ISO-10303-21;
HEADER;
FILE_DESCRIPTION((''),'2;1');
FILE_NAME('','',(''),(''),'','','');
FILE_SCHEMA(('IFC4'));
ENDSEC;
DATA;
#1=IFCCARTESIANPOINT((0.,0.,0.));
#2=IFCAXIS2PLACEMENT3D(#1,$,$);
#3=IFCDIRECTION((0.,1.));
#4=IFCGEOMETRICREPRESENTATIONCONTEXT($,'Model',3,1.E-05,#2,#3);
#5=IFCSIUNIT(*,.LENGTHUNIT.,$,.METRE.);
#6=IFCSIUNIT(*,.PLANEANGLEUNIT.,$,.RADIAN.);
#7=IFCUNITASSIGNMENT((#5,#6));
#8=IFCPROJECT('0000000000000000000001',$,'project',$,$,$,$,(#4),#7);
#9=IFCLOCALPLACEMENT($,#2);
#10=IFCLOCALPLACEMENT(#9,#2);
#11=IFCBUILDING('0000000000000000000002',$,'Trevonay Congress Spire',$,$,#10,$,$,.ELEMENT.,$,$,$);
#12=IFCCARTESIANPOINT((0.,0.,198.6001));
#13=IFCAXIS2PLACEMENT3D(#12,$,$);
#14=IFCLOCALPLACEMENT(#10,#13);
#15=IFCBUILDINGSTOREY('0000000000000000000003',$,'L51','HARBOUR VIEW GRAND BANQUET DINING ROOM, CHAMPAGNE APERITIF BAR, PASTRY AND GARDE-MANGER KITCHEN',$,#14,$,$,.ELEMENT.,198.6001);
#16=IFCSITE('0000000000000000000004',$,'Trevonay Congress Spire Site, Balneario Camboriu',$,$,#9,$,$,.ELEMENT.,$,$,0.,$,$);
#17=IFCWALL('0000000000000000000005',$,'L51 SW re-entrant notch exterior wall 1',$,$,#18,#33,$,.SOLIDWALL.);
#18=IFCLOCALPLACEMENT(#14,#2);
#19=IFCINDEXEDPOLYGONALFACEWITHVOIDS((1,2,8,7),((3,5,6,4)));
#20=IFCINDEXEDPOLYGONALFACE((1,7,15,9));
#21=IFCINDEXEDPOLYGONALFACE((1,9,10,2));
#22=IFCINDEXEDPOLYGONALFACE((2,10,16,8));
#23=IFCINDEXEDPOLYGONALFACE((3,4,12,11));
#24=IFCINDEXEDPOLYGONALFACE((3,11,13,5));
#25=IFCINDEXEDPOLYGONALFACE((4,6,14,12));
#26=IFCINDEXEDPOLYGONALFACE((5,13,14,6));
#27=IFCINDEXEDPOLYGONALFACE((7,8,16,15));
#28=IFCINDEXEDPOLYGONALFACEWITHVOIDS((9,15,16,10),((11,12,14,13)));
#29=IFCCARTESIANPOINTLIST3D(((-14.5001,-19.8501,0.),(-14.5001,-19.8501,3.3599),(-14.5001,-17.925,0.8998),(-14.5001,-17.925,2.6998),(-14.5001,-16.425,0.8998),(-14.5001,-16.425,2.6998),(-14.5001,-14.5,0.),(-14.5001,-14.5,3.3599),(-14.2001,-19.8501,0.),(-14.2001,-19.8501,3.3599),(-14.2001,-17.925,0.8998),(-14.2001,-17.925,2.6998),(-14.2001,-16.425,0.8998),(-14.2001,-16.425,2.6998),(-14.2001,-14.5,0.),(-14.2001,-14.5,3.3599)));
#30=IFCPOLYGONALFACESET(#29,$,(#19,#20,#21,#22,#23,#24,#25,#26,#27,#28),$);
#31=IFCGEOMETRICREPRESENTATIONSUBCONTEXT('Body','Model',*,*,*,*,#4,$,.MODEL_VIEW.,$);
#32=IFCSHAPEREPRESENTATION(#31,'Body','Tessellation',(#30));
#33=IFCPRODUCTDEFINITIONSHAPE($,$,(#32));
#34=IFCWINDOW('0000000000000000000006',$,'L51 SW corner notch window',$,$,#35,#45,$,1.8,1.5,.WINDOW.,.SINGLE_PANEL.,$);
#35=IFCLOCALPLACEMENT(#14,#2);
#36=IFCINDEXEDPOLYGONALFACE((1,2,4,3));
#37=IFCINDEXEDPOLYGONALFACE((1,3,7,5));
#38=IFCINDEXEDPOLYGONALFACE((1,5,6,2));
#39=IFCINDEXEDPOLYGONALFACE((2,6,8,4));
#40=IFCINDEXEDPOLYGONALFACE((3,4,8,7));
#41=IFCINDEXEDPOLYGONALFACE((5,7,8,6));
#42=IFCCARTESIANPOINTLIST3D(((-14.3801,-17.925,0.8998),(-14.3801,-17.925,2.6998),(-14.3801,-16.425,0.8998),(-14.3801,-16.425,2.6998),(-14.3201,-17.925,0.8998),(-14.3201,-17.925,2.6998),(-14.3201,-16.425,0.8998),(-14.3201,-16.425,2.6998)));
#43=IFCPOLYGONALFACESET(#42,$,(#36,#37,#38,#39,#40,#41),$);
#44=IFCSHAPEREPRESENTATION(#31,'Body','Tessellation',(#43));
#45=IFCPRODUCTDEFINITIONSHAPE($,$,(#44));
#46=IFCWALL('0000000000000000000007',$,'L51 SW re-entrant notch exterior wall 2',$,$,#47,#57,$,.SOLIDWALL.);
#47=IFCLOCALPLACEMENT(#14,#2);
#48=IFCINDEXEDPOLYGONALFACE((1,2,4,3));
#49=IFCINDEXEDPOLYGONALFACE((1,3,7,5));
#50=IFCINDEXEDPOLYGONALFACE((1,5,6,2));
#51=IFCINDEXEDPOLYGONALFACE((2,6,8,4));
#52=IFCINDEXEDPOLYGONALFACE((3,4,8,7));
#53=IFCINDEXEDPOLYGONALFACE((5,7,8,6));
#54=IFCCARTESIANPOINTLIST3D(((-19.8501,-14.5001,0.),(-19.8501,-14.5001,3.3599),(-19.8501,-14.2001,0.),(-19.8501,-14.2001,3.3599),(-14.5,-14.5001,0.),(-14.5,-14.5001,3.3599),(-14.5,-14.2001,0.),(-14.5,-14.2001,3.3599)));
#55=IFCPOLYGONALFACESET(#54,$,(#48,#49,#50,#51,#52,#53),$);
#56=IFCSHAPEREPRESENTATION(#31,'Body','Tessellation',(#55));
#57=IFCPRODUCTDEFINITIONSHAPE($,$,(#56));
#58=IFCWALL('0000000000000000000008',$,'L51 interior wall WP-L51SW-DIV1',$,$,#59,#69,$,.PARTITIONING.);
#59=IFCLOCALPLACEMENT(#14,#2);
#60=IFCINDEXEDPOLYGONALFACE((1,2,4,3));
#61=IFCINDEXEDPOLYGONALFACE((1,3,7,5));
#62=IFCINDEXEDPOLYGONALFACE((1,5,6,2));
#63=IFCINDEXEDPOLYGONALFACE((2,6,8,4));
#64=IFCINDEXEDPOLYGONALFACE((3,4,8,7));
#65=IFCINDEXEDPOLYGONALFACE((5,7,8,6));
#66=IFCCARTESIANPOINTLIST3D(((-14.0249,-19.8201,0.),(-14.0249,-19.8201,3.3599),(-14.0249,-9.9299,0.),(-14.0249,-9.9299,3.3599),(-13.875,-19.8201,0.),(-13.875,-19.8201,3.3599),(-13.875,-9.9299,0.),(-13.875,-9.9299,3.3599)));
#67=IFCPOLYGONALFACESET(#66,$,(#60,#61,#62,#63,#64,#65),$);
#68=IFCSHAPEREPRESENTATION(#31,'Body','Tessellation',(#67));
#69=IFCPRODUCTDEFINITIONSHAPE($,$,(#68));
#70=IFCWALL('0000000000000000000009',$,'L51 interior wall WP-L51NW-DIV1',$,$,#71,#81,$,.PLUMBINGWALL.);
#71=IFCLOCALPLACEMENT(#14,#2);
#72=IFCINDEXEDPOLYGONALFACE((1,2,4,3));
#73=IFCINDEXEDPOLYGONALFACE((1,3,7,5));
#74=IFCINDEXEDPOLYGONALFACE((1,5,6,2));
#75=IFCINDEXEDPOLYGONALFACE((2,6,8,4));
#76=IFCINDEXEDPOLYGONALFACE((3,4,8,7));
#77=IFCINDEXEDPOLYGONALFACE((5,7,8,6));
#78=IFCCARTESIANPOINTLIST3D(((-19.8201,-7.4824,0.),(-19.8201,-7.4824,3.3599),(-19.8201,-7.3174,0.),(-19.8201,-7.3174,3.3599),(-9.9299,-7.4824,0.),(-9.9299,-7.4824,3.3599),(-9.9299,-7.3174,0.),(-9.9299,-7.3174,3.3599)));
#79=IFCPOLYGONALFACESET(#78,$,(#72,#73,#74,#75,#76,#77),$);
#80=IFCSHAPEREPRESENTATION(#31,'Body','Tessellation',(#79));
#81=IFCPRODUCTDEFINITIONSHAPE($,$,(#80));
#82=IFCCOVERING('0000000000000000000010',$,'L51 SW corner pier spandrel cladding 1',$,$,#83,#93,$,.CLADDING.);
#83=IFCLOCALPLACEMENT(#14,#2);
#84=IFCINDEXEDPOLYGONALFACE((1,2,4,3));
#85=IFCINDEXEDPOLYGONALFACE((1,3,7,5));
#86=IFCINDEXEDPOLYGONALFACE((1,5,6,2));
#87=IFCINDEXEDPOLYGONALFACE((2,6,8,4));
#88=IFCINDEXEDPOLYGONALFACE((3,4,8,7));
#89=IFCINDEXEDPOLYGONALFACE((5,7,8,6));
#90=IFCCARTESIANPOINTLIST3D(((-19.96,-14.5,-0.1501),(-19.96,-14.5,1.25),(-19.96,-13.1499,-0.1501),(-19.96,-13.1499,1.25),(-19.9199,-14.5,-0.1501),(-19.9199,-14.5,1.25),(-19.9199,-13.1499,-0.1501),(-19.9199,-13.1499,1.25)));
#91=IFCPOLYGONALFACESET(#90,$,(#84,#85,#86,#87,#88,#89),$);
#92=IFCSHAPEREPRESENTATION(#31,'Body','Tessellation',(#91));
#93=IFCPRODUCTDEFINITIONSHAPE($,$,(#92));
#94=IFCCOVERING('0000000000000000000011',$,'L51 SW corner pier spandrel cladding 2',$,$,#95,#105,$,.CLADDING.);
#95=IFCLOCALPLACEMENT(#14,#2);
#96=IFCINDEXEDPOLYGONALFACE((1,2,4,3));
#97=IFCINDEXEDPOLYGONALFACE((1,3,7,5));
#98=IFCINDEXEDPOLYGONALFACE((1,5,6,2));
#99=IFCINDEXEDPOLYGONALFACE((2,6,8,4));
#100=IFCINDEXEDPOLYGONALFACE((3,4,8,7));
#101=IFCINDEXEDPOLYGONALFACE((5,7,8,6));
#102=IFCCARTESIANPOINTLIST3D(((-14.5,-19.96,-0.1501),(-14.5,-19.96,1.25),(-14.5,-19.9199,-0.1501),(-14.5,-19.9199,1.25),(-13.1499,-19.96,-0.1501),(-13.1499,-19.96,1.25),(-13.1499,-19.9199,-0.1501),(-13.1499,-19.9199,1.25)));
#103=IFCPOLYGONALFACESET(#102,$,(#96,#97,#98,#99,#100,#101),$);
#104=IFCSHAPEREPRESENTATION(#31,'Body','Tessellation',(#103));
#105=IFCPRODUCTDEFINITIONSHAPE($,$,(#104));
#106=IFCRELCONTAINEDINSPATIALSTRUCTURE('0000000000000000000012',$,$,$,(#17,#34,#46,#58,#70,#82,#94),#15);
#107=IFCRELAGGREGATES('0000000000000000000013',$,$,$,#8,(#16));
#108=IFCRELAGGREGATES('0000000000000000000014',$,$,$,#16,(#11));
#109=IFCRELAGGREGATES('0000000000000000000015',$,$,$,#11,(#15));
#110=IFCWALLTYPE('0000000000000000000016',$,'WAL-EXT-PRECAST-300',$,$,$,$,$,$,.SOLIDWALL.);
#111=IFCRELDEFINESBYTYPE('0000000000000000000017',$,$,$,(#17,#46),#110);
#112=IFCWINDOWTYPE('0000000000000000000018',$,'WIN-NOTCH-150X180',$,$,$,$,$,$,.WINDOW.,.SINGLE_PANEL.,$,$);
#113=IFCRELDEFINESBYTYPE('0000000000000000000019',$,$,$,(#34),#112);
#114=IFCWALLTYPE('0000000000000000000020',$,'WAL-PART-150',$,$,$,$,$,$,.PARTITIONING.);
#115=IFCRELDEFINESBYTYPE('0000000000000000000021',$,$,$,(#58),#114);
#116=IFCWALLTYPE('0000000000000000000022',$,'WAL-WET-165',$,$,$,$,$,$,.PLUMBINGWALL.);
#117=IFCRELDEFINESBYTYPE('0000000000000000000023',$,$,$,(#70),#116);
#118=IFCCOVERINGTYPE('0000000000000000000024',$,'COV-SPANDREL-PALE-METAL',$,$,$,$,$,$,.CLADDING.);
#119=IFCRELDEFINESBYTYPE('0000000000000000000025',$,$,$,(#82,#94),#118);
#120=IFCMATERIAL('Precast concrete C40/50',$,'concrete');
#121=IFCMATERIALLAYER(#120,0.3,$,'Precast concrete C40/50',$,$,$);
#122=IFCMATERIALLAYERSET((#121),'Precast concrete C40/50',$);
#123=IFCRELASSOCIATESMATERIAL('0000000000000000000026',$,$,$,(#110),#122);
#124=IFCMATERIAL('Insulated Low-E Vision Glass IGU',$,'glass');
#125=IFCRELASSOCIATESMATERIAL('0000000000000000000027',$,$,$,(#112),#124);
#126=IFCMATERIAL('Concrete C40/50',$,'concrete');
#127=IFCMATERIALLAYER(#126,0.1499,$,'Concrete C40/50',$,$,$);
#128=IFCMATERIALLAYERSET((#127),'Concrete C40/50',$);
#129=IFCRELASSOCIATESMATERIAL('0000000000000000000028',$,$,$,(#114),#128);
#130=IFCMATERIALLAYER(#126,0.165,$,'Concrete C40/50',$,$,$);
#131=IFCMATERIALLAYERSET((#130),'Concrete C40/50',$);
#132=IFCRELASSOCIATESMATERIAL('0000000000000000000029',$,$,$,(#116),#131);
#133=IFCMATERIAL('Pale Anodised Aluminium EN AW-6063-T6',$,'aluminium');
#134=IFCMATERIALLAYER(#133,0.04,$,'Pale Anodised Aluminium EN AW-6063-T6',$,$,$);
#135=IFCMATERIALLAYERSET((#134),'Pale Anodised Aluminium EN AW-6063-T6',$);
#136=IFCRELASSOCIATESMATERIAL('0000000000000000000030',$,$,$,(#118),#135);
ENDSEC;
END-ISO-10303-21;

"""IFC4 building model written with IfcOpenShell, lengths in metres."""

from ifc_helpers import new_model, si_unit, direction, frame, frame_2d, origin, place, context, subcontext, project, spatial, rectangle, extrude, material, layer, layer_set, type_object, element, fill, save


model = new_model("IFC4")

# Units and contexts
model_context = context("Model", 3, precision=1e-05, world=origin(), true_north=direction((0.0, 1.0)))
body_context = subcontext(model_context, "Body", "Model", "MODEL_VIEW")
ifc_project = project(units=[si_unit("LENGTHUNIT", "METRE"), si_unit("PLANEANGLEUNIT", "RADIAN")], contexts=[model_context])

# Site, building, storey
site_placement = place(None, origin())
site = spatial("IfcSite", under=ifc_project, at=site_placement, Name="Trevonay Congress Spire Site, Balneario Camboriu", CompositionType="ELEMENT", RefElevation=0.0)
building_placement = place(site_placement, origin())
building = spatial("IfcBuilding", under=site, at=building_placement, Name="Trevonay Congress Spire", CompositionType="ELEMENT")
storey_placement = place(building_placement, frame((0.0, 0.0, 198.6001)))
storey = spatial("IfcBuildingStorey", under=building, at=storey_placement, Name="L51", Description="HARBOUR VIEW GRAND BANQUET DINING ROOM, CHAMPAGNE APERITIF BAR, PASTRY AND GARDE-MANGER KITCHEN", CompositionType="ELEMENT", Elevation=198.6001)

# Shared definitions
ifc_material_1 = material(Name="Pale Anodised Aluminium EN AW-6063-T6", Category="aluminium")

# Shared definitions
ifc_material_2 = material(Name="Insulated Low-E Vision Glass IGU", Category="glass")

# Shared definitions
ifc_material_3 = material(Name="Concrete C40/50", Category="concrete")

# Wall, opening, window
ifc_material_4 = material(Name="Precast concrete C40/50", Category="concrete")
ifc_layer_1 = layer(ifc_material_4, 0.3, Name="Precast concrete C40/50")
ifc_layer_set_1 = layer_set([ifc_layer_1], Name="Precast concrete C40/50")
wall_type_1 = type_object("IfcWallType", Name="WAL-EXT-PRECAST-300", PredefinedType="SOLIDWALL", material=ifc_layer_set_1)
wall_1_placement = place(storey_placement, frame((-14.3501, -19.8501, 0.0), z_axis=(0.0, 0.0, 1.0), x_axis=(0.0, 1.0, 0.0)))
wall_1 = element("IfcWall", 1, at=wall_1_placement, inside=storey, type_object=wall_type_1, Name="L51 SW re-entrant notch exterior wall 1", PredefinedType="SOLIDWALL", context=body_context, shape_type="SweptSolid", body=[
    extrude(rectangle(XDim=5.3501, YDim=0.3, at=frame_2d((2.675, 0.0))), origin(), (0.0, 0.0, 1.0), 3.3599),
])
opening_1_placement = place(wall_1_placement, frame((1.925, 0.0, 0.8999)))
opening_1 = element("IfcOpeningElement", 2, at=opening_1_placement, cuts=wall_1, PredefinedType="OPENING", context=body_context, shape_type="SweptSolid", body=[
    extrude(rectangle(XDim=1.5, YDim=1.8, at=frame_2d((0.75, 0.8999))), frame((0.0, 0.1602, 0.0), z_axis=(0.0, -1.0, 0.0), x_axis=(1.0, 0.0, 0.0)), (0.0, 0.0, 1.0), 0.3201),
])
window_type = type_object("IfcWindowType", Name="WIN-NOTCH-150X180", PartitioningType="SINGLE_PANEL", PredefinedType="WINDOW", material=ifc_material_2)
window_placement = place(opening_1_placement, origin())
window = element("IfcWindow", 3, at=window_placement, inside=storey, type_object=window_type, Name="L51 SW corner notch window", OverallHeight=1.8, OverallWidth=1.5, PartitioningType="SINGLE_PANEL", PredefinedType="WINDOW", context=body_context, shape_type="SweptSolid", body=[
    extrude(rectangle(XDim=1.5, YDim=1.8, at=frame_2d((0.75, 0.8999))), frame((0.0, 0.03, 0.0), z_axis=(0.0, -1.0, 0.0), x_axis=(1.0, 0.0, 0.0)), (0.0, 0.0, 1.0), 0.0601),
])
fill(opening_1, window)

# Walls
wall_2_placement = place(storey_placement, frame((-19.8501, -14.3501, 0.0), z_axis=(0.0, 0.0, 1.0), x_axis=(1.0, 0.0, 0.0)))
element("IfcWall", 4, at=wall_2_placement, inside=storey, type_object=wall_type_1, Name="L51 SW re-entrant notch exterior wall 2", PredefinedType="SOLIDWALL", context=body_context, shape_type="SweptSolid", body=[
    extrude(rectangle(XDim=5.3501, YDim=0.3, at=frame_2d((2.675, 0.0))), origin(), (0.0, 0.0, 1.0), 3.3599),
])
ifc_layer_2 = layer(ifc_material_3, 0.1499, Name="Concrete C40/50")
ifc_layer_set_2 = layer_set([ifc_layer_2], Name="Concrete C40/50")
wall_type_2 = type_object("IfcWallType", Name="WAL-PART-150", PredefinedType="PARTITIONING", material=ifc_layer_set_2)
wall_3_placement = place(storey_placement, frame((-13.95, -19.8201, 0.0), z_axis=(0.0, 0.0, 1.0), x_axis=(0.0, 1.0, 0.0)))
element("IfcWall", 5, at=wall_3_placement, inside=storey, type_object=wall_type_2, Name="L51 interior wall WP-L51SW-DIV1", PredefinedType="PARTITIONING", context=body_context, shape_type="SweptSolid", body=[
    extrude(rectangle(XDim=9.8901, YDim=0.1499, at=frame_2d((4.9451, 0.0))), origin(), (0.0, 0.0, 1.0), 3.3599),
])
ifc_layer_3 = layer(ifc_material_3, 0.165, Name="Concrete C40/50")
ifc_layer_set_3 = layer_set([ifc_layer_3], Name="Concrete C40/50")
wall_type_3 = type_object("IfcWallType", Name="WAL-WET-165", PredefinedType="PLUMBINGWALL", material=ifc_layer_set_3)
wall_4_placement = place(storey_placement, frame((-19.8201, -7.3999, 0.0), z_axis=(0.0, 0.0, 1.0), x_axis=(1.0, 0.0, 0.0)))
element("IfcWall", 6, at=wall_4_placement, inside=storey, type_object=wall_type_3, Name="L51 interior wall WP-L51NW-DIV1", PredefinedType="PLUMBINGWALL", context=body_context, shape_type="SweptSolid", body=[
    extrude(rectangle(XDim=9.8901, YDim=0.165, at=frame_2d((4.9451, 0.0))), origin(), (0.0, 0.0, 1.0), 3.3599),
])

# Coverings
ifc_layer_4 = layer(ifc_material_1, 0.04, Name="Pale Anodised Aluminium EN AW-6063-T6")
ifc_layer_set_4 = layer_set([ifc_layer_4], Name="Pale Anodised Aluminium EN AW-6063-T6")
covering_type = type_object("IfcCoveringType", Name="COV-SPANDREL-PALE-METAL", PredefinedType="CLADDING", material=ifc_layer_set_4)
for number, where, z_axis, x_axis, name in (
    (7, (-19.9399, -13.1499, -0.1501), (0.0, 0.0, 1.0), (0.0, -1.0, 0.0), "L51 SW corner pier spandrel cladding 1"),
    (8, (-13.1499, -19.9399, -0.1501), (0.0, 0.0, 1.0), (-1.0, 0.0, 0.0), "L51 SW corner pier spandrel cladding 2"),
):
    element("IfcCovering", number, at=place(storey_placement, frame(where, z_axis=z_axis, x_axis=x_axis)), inside=storey, type_object=covering_type, Name=name, PredefinedType="CLADDING", context=body_context, shape_type="SweptSolid", body=[
        extrude(rectangle(XDim=1.3501, YDim=0.04, at=frame_2d((0.675, 0.0))), origin(), (0.0, 0.0, 1.0), 1.4001),
    ])

save(model, "model.ifc")
